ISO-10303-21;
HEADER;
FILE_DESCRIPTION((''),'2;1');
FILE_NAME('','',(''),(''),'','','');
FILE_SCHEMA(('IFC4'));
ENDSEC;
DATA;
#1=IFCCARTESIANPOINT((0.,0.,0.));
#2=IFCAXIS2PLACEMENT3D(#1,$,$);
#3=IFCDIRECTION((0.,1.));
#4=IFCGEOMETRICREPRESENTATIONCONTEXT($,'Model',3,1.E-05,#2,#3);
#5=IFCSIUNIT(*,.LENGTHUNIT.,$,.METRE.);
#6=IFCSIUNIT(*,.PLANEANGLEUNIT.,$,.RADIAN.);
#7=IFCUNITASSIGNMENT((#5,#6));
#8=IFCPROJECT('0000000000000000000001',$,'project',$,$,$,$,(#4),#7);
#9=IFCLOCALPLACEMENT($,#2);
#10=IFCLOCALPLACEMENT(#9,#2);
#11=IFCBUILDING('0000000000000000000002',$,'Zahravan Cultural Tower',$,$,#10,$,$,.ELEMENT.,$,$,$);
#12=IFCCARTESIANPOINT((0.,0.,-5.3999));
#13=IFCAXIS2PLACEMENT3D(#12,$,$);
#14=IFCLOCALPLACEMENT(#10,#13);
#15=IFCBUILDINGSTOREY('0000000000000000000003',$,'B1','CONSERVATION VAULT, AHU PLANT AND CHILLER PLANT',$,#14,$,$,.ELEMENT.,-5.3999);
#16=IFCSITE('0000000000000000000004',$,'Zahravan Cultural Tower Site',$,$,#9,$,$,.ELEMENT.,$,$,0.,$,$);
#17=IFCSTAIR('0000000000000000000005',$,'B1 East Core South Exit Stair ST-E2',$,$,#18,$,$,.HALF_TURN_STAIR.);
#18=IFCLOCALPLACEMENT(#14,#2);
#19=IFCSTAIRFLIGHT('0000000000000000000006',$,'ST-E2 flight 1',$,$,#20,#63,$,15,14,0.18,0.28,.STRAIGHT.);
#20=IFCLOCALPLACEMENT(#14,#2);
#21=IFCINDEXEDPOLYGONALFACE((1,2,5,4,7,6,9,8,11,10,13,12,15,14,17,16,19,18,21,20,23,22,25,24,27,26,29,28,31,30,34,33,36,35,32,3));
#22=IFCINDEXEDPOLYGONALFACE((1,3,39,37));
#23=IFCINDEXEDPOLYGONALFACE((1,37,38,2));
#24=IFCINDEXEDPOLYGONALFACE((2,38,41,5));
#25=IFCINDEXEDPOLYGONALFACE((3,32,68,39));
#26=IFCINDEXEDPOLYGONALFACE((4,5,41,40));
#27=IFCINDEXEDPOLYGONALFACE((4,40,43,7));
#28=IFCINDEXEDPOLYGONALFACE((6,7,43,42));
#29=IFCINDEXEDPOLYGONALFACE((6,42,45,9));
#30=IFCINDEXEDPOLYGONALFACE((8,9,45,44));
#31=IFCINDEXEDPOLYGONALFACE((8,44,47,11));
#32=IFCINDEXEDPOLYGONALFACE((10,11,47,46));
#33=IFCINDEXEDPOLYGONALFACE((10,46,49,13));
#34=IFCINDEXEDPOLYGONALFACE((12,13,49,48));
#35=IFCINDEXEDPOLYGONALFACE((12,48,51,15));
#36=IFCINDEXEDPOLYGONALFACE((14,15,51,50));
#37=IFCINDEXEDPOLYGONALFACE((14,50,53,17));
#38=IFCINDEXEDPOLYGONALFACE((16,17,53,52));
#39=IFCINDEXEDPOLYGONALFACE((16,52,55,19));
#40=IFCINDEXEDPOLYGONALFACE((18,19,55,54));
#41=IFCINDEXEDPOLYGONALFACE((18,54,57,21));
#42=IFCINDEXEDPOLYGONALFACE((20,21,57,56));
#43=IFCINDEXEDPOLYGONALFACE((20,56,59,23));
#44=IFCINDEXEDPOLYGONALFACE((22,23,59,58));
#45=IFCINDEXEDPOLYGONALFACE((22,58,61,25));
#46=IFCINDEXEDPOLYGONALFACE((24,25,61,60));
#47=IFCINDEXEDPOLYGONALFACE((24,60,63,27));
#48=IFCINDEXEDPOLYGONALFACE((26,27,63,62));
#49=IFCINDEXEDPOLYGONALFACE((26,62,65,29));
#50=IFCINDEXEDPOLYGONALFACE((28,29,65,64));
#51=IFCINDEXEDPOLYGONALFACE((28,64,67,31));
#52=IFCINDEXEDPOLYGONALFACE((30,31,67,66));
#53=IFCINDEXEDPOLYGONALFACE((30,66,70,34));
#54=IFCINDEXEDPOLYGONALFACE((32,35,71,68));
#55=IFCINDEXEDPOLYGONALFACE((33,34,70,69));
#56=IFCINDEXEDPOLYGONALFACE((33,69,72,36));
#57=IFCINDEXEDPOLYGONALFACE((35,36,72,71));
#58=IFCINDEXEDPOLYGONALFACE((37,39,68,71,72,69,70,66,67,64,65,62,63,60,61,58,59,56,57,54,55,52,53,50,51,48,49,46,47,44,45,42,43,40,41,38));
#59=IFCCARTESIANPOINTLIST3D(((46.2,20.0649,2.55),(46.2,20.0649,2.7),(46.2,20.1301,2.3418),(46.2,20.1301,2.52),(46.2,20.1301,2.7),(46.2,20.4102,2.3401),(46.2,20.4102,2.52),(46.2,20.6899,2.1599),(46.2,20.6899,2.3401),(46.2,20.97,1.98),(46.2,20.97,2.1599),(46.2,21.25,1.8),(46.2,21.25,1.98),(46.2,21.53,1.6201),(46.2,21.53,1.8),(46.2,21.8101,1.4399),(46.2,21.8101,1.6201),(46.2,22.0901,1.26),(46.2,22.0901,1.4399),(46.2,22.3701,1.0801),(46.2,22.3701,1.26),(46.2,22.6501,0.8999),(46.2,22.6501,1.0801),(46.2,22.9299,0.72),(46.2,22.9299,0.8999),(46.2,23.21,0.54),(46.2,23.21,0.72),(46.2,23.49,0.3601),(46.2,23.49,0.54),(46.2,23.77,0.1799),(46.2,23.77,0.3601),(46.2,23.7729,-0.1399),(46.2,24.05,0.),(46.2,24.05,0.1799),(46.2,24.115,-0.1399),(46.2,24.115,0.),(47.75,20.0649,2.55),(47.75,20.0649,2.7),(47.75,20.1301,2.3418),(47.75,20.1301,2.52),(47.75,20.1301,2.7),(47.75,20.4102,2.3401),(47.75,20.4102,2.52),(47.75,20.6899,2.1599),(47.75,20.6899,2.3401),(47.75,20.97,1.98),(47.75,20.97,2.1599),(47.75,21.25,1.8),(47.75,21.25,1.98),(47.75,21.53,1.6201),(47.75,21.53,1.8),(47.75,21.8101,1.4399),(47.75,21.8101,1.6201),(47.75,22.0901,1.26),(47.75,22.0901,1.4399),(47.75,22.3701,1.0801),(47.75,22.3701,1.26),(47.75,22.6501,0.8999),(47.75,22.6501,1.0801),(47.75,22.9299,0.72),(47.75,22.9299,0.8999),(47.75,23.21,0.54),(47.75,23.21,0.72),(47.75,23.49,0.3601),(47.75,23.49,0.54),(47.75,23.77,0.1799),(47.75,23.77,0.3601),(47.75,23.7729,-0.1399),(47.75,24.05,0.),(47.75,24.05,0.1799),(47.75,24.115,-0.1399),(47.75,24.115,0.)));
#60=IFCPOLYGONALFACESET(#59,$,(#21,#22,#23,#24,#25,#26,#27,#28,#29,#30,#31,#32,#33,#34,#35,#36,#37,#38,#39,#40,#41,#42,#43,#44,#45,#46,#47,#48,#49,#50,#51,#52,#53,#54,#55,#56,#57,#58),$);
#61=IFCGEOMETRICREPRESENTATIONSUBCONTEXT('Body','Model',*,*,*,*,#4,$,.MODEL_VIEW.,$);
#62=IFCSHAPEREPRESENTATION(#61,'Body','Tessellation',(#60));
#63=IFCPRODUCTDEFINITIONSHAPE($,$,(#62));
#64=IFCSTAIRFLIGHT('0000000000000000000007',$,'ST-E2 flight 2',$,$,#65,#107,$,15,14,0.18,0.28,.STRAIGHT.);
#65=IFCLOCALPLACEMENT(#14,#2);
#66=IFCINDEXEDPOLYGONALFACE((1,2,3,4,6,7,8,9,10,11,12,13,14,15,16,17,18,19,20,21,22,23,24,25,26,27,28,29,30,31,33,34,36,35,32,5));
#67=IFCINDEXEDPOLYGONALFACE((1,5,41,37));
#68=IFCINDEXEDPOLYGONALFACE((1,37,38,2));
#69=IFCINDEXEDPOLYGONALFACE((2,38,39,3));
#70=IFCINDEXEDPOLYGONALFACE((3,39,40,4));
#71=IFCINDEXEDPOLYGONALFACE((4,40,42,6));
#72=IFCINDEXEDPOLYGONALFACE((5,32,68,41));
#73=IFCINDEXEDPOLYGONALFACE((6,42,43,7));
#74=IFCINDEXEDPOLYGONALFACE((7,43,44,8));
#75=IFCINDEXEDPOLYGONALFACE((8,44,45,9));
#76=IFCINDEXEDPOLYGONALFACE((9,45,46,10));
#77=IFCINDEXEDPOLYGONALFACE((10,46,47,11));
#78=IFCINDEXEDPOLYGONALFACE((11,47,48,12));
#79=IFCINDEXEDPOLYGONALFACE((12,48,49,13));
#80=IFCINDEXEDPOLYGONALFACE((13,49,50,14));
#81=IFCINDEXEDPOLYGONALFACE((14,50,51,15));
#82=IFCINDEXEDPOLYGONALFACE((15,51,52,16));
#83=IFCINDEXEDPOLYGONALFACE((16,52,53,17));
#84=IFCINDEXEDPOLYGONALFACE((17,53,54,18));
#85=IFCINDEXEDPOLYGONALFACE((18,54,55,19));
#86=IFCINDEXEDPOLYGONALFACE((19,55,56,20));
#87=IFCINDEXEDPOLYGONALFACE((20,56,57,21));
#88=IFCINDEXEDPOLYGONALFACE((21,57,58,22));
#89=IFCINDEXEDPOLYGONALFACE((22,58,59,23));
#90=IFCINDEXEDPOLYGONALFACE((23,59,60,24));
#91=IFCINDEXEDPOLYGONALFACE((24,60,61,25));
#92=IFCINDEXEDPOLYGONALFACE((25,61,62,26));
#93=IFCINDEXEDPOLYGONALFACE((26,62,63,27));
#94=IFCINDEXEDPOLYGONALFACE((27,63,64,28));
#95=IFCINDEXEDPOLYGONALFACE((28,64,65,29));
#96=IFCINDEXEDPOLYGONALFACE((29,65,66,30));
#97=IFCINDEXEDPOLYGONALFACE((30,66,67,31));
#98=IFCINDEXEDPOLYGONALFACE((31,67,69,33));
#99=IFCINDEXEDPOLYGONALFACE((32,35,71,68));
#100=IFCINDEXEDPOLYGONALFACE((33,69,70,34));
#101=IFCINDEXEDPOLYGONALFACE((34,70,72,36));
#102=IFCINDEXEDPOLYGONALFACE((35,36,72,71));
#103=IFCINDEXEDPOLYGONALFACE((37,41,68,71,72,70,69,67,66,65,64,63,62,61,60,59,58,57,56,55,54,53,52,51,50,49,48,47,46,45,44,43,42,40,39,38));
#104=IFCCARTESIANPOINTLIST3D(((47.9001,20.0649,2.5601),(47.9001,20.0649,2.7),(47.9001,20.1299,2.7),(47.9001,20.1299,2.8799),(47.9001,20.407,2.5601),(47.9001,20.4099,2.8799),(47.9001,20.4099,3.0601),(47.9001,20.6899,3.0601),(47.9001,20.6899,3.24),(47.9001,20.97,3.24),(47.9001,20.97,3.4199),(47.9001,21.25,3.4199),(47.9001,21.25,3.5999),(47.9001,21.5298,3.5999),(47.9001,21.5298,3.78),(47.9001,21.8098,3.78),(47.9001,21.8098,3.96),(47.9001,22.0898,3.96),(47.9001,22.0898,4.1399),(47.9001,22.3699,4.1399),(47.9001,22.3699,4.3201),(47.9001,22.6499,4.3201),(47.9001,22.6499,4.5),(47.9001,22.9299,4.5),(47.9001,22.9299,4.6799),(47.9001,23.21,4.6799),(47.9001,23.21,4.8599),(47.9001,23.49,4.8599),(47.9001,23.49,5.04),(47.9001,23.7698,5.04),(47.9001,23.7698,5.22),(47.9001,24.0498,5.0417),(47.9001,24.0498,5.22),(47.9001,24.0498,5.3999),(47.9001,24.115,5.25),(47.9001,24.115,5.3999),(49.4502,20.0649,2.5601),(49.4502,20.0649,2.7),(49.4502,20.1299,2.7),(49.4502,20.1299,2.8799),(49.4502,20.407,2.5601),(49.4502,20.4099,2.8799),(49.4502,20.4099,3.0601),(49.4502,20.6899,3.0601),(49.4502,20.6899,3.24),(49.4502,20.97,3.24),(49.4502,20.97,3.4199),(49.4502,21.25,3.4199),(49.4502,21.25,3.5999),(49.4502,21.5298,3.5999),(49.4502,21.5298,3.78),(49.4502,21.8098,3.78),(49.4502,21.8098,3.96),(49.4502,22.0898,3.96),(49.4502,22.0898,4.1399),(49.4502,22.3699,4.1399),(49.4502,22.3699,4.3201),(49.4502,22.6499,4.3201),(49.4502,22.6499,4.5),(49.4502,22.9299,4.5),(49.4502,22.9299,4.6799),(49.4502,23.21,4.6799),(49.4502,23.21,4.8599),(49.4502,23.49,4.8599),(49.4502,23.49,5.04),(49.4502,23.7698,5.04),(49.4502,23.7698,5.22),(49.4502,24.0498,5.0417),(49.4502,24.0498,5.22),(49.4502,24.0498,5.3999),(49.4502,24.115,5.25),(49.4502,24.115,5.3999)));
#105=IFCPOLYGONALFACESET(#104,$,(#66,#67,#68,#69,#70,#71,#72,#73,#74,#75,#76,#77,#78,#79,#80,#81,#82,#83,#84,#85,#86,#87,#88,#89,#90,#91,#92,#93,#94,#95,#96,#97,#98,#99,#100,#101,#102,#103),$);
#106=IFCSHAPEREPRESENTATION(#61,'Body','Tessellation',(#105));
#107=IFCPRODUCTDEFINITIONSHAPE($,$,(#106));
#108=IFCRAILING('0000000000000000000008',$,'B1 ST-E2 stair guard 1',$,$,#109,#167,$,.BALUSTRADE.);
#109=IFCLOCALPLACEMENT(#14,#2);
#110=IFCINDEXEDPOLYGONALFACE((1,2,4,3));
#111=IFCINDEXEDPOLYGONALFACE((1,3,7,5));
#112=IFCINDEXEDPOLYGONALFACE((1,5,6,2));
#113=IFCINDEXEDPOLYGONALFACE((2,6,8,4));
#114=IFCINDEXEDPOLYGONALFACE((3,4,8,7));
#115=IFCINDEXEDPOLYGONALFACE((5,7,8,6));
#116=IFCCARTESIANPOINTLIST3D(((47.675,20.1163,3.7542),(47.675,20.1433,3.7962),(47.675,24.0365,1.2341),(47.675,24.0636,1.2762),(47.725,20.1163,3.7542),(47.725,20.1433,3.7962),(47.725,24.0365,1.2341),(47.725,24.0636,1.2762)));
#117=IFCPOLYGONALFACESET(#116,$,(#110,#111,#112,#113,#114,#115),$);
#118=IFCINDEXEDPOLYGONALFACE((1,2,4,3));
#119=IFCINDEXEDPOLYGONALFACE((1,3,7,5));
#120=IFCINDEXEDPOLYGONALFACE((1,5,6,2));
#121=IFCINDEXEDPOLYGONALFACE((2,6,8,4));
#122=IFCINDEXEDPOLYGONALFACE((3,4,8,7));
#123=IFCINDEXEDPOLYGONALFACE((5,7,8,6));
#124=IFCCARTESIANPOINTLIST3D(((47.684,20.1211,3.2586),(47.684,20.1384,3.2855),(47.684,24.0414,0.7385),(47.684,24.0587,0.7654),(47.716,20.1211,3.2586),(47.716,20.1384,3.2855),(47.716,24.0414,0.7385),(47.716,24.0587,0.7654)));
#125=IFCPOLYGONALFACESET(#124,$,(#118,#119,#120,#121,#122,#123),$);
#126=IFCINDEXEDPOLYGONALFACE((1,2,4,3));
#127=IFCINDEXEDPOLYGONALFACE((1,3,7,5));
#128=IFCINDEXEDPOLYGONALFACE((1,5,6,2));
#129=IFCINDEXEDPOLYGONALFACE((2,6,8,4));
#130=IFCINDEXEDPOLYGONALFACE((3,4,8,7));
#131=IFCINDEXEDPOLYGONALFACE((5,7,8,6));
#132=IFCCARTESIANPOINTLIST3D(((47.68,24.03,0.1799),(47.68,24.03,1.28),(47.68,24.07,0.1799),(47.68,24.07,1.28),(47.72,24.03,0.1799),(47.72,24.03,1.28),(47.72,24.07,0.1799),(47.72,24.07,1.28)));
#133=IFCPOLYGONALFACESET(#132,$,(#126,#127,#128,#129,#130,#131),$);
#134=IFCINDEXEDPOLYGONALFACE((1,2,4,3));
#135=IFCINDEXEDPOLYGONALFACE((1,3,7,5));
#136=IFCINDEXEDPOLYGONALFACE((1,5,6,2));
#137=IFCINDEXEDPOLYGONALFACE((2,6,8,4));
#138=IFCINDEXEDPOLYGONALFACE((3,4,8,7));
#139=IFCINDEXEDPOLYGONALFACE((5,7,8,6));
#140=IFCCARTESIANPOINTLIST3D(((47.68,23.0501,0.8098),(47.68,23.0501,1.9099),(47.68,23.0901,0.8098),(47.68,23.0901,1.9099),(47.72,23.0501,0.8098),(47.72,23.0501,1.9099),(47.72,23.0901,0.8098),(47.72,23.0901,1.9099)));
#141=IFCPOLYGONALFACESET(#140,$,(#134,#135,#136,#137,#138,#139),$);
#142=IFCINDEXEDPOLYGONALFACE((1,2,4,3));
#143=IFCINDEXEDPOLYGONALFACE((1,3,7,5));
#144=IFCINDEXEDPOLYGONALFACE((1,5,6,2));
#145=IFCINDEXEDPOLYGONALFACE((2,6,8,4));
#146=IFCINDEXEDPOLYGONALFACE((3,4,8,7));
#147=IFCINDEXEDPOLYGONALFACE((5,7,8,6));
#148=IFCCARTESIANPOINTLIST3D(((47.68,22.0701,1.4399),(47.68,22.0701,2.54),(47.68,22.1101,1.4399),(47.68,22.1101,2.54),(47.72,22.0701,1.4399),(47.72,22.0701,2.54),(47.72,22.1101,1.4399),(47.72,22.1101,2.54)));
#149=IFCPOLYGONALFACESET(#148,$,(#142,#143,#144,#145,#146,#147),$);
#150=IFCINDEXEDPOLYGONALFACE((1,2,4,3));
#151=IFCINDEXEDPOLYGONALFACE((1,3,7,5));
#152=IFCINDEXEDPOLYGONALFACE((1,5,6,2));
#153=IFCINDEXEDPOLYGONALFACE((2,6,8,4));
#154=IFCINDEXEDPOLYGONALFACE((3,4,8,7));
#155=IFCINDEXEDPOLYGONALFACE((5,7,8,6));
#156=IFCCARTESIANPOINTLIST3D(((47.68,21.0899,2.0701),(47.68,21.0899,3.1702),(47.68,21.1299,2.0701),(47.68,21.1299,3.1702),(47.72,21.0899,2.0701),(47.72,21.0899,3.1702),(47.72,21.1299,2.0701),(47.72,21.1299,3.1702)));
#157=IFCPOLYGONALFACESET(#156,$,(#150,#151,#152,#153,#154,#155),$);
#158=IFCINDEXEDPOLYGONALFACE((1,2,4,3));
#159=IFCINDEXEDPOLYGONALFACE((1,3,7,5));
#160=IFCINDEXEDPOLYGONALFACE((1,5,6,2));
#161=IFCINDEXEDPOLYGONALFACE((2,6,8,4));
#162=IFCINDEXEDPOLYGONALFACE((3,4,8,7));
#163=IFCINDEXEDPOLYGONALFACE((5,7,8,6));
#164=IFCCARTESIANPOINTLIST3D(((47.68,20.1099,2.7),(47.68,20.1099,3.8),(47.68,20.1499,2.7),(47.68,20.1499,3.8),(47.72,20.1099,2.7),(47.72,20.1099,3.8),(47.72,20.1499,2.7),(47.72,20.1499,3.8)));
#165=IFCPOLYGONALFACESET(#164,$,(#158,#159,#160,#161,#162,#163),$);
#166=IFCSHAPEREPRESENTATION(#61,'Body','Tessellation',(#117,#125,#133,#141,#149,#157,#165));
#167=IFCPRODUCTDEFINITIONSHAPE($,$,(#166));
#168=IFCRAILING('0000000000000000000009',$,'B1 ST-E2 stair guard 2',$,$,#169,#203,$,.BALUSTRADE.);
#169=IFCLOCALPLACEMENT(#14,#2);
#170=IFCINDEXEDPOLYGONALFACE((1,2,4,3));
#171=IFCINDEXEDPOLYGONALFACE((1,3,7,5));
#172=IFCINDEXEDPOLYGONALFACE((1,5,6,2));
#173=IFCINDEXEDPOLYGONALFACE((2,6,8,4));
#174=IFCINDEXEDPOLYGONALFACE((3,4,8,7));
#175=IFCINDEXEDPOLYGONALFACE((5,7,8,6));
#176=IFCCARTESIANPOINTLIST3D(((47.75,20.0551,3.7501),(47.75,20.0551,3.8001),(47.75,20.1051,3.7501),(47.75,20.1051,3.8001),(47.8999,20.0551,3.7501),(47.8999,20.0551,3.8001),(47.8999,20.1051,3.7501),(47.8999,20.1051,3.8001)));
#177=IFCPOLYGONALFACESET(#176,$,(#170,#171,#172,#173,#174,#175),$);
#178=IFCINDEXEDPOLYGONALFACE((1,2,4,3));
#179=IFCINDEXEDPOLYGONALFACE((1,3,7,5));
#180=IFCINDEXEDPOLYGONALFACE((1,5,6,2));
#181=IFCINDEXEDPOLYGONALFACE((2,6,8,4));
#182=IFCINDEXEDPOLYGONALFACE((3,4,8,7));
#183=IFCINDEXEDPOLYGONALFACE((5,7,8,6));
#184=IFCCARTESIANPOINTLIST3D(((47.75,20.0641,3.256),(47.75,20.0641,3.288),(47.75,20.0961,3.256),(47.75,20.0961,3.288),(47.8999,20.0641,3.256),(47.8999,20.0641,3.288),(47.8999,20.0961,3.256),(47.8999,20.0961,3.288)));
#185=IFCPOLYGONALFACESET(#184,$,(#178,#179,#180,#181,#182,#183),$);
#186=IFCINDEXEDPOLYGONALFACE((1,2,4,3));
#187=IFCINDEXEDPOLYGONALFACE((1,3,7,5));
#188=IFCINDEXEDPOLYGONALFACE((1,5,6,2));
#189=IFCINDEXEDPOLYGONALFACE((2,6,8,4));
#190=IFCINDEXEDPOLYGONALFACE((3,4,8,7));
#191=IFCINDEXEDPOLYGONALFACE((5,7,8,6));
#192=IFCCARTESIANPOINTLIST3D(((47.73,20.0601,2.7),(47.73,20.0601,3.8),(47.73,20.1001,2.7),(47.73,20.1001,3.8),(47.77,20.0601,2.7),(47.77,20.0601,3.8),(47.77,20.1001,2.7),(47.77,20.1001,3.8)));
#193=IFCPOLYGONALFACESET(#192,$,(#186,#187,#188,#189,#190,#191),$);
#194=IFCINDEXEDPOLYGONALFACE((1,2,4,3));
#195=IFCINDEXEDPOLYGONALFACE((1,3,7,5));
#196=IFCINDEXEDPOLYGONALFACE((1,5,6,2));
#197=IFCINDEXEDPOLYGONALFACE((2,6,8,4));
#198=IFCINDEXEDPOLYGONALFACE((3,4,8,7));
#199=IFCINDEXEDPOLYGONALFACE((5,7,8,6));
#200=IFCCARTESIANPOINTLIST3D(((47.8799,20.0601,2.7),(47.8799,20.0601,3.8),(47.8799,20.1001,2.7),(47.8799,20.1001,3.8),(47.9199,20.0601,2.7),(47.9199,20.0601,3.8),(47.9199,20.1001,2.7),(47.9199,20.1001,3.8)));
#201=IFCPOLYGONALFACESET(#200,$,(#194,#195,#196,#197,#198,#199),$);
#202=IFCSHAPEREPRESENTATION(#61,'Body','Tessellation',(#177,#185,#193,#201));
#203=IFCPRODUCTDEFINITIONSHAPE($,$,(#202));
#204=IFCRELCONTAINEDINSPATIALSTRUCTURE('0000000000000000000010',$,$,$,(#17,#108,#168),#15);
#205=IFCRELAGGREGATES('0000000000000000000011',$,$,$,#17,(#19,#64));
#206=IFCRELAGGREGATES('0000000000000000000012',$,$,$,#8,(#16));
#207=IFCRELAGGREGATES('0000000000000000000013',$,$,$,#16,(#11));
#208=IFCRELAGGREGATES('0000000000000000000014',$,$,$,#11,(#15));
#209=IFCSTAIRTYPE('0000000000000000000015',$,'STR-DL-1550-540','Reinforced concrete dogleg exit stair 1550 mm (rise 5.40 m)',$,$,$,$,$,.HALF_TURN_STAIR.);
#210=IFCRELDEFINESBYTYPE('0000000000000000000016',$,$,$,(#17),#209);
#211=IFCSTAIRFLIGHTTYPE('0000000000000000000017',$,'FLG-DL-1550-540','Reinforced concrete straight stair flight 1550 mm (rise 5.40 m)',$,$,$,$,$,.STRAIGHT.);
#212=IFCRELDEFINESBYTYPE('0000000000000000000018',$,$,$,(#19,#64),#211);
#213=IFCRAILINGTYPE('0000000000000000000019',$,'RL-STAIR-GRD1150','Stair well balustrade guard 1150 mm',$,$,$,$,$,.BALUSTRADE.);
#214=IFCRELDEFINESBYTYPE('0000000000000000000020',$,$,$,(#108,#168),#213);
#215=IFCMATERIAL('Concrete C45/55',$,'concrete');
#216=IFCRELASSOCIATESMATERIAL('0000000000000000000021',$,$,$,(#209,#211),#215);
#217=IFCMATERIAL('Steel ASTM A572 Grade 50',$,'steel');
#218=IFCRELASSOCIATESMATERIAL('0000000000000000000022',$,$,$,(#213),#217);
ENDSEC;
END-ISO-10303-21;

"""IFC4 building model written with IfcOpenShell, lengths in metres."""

from ifc_helpers import new_model, si_unit, direction, frame, origin, origin_2d, place, context, subcontext, project, spatial, polyline, rectangle, outline, extrude, material, type_object, element, aggregate, save


model = new_model("IFC4")

# Units and contexts
model_context = context("Model", 3, precision=1e-05, world=origin(), true_north=direction((0.0, 1.0)))
body_context = subcontext(model_context, "Body", "Model", "MODEL_VIEW")
ifc_project = project(units=[si_unit("LENGTHUNIT", "METRE"), si_unit("PLANEANGLEUNIT", "RADIAN")], contexts=[model_context])

# Site, building, storey
site_placement = place(None, origin())
site = spatial("IfcSite", under=ifc_project, at=site_placement, Name="Zahravan Cultural Tower Site", CompositionType="ELEMENT", RefElevation=0.0)
building_placement = place(site_placement, origin())
building = spatial("IfcBuilding", under=site, at=building_placement, Name="Zahravan Cultural Tower", CompositionType="ELEMENT")
storey_placement = place(building_placement, frame((0.0, 0.0, -5.3999)))
storey = spatial("IfcBuildingStorey", under=building, at=storey_placement, Name="B1", Description="CONSERVATION VAULT, AHU PLANT AND CHILLER PLANT", CompositionType="ELEMENT", Elevation=-5.3999)

# Shared definitions
ifc_material_1 = material(Name="Concrete C45/55", Category="concrete")

# Stair, stair flights
stair_type = type_object("IfcStairType", Name="STR-DL-1550-540", Description="Reinforced concrete dogleg exit stair 1550 mm (rise 5.40 m)", PredefinedType="HALF_TURN_STAIR", material=ifc_material_1)
stair_placement = place(storey_placement, origin())
stair = element("IfcStair", 1, at=stair_placement, inside=storey, type_object=stair_type, Name="B1 East Core South Exit Stair ST-E2", PredefinedType="HALF_TURN_STAIR")
stair_flight_type = type_object("IfcStairFlightType", Name="FLG-DL-1550-540", Description="Reinforced concrete straight stair flight 1550 mm (rise 5.40 m)", PredefinedType="STRAIGHT", material=ifc_material_1)
stair_flight_1_placement = place(storey_placement, frame((46.9751, 24.05, 0.0), z_axis=(0.0, 0.0, 1.0), x_axis=(0.0, -1.0, 0.0)))
stair_flight_1 = element("IfcStairFlight", 2, at=stair_flight_1_placement, type_object=stair_flight_type, Name="ST-E2 flight 1", NumberOfRisers=15, NumberOfTreads=14, PredefinedType="STRAIGHT", RiserHeight=0.18, TreadLength=0.28, context=body_context, shape_type="SweptSolid", body=[
    extrude(outline(polyline([(-0.0649, -0.1399), (-0.0649, 0.0), (0.0, 0.0), (0.0, 0.1799), (0.28, 0.1799), (0.28, 0.3601), (0.5601, 0.3601), (0.5601, 0.54), (0.8401, 0.54), (0.8401, 0.72), (1.1201, 0.72), (1.1201, 0.8999), (1.3999, 0.8999), (1.3999, 1.0801), (1.6799, 1.0801), (1.6799, 1.26), (1.96, 1.26), (1.96, 1.4399), (2.24, 1.4399), (2.24, 1.6201), (2.52, 1.6201), (2.52, 1.8), (2.8, 1.8), (2.8, 1.98), (3.0801, 1.98), (3.0801, 2.1599), (3.3601, 2.1599), (3.3601, 2.3401), (3.6399, 2.3401), (3.6399, 2.52), (3.9199, 2.52), (3.9199, 2.7), (3.9851, 2.7), (3.9851, 2.55), (3.9199, 2.3418), (0.2771, -0.1399), (-0.0649, -0.1399)])), frame((0.0, 0.7749, 0.0), z_axis=(0.0, -1.0, 0.0), x_axis=(1.0, 0.0, 0.0)), (0.0, 0.0, 1.0), 1.55),
])
stair_flight_2_placement = place(storey_placement, frame((48.675, 20.1299, 2.7), z_axis=(0.0, 0.0, 1.0), x_axis=(0.0, 1.0, 0.0)))
stair_flight_2 = element("IfcStairFlight", 3, at=stair_flight_2_placement, type_object=stair_flight_type, Name="ST-E2 flight 2", NumberOfRisers=15, NumberOfTreads=14, PredefinedType="STRAIGHT", RiserHeight=0.18, TreadLength=0.28, context=body_context, shape_type="SweptSolid", body=[
    extrude(outline(polyline([(-0.0649, -0.1399), (-0.0649, 0.0), (0.0, 0.0), (0.0, 0.1799), (0.28, 0.1799), (0.28, 0.3601), (0.5601, 0.3601), (0.5601, 0.54), (0.8401, 0.54), (0.8401, 0.72), (1.1201, 0.72), (1.1201, 0.8999), (1.3999, 0.8999), (1.3999, 1.0801), (1.6799, 1.0801), (1.6799, 1.26), (1.96, 1.26), (1.96, 1.4399), (2.24, 1.4399), (2.24, 1.6201), (2.52, 1.6201), (2.52, 1.8), (2.8, 1.8), (2.8, 1.98), (3.0801, 1.98), (3.0801, 2.1599), (3.3601, 2.1599), (3.3601, 2.3401), (3.6399, 2.3401), (3.6399, 2.52), (3.9199, 2.52), (3.9199, 2.7), (3.9851, 2.7), (3.9851, 2.55), (3.9199, 2.3418), (0.2771, -0.1399), (-0.0649, -0.1399)])), frame((0.0, 0.7749, 0.0), z_axis=(0.0, -1.0, 0.0), x_axis=(1.0, 0.0, 0.0)), (0.0, 0.0, 1.0), 1.55),
])
aggregate(stair, [stair_flight_1, stair_flight_2])

# Railings
ifc_material_2 = material(Name="Steel ASTM A572 Grade 50", Category="steel")
railing_type_1 = type_object("IfcRailingType", Name="RL-STAIR-GRD1150", Description="Stair well balustrade guard 1150 mm", PredefinedType="BALUSTRADE", material=ifc_material_2)
railing_1_placement = place(storey_placement, frame((47.7, 24.05, 0.1799)))
element("IfcRailing", 4, at=railing_1_placement, inside=storey, type_object=railing_type_1, Name="B1 ST-E2 stair guard 1", PredefinedType="BALUSTRADE", context=body_context, shape_type="SweptSolid", body=[
    extrude(rectangle(XDim=0.05, YDim=0.05, at=origin_2d()), frame((0.0, 0.0, 1.0752), z_axis=(0.0, -0.841187, 0.540744), x_axis=(1.0, 0.0, 0.0)), (0.0, 0.0, 1.0), 4.6604),
    extrude(rectangle(XDim=0.032, YDim=0.032, at=origin_2d()), frame((0.0, 0.0, 0.572), z_axis=(0.0, -0.841187, 0.540744), x_axis=(1.0, 0.0, 0.0)), (0.0, 0.0, 1.0), 4.6604),
    extrude(rectangle(XDim=0.04, YDim=0.04, at=origin_2d()), origin(), (0.0, 0.0, 1.0), 1.1001),
    extrude(rectangle(XDim=0.04, YDim=0.04, at=origin_2d()), frame((0.0, -0.98, 0.6299)), (0.0, 0.0, 1.0), 1.1001),
    extrude(rectangle(XDim=0.04, YDim=0.04, at=origin_2d()), frame((0.0, -1.96, 1.26)), (0.0, 0.0, 1.0), 1.1001),
    extrude(rectangle(XDim=0.04, YDim=0.04, at=origin_2d()), frame((0.0, -2.9402, 1.8901)), (0.0, 0.0, 1.0), 1.1001),
    extrude(rectangle(XDim=0.04, YDim=0.04, at=origin_2d()), frame((0.0, -3.9202, 2.52)), (0.0, 0.0, 1.0), 1.1001),
])
railing_2_placement = place(storey_placement, frame((47.75, 20.0801, 2.7)))
element("IfcRailing", 5, at=railing_2_placement, inside=storey, type_object=railing_type_1, Name="B1 ST-E2 stair guard 2", PredefinedType="BALUSTRADE", context=body_context, shape_type="SweptSolid", body=[
    extrude(rectangle(XDim=0.05, YDim=0.05, at=origin_2d()), frame((0.0, 0.0, 1.0752), z_axis=(1.0, 0.0, 0.0), x_axis=(0.0, 1.0, 0.0)), (0.0, 0.0, 1.0), 0.1499),
    extrude(rectangle(XDim=0.032, YDim=0.032, at=origin_2d()), frame((0.0, 0.0, 0.572), z_axis=(1.0, 0.0, 0.0), x_axis=(0.0, 1.0, 0.0)), (0.0, 0.0, 1.0), 0.1499),
    extrude(rectangle(XDim=0.04, YDim=0.04, at=origin_2d()), origin(), (0.0, 0.0, 1.0), 1.1001),
    extrude(rectangle(XDim=0.04, YDim=0.04, at=origin_2d()), frame((0.1499, 0.0, 0.0)), (0.0, 0.0, 1.0), 1.1001),
])

save(model, "model.ifc")
